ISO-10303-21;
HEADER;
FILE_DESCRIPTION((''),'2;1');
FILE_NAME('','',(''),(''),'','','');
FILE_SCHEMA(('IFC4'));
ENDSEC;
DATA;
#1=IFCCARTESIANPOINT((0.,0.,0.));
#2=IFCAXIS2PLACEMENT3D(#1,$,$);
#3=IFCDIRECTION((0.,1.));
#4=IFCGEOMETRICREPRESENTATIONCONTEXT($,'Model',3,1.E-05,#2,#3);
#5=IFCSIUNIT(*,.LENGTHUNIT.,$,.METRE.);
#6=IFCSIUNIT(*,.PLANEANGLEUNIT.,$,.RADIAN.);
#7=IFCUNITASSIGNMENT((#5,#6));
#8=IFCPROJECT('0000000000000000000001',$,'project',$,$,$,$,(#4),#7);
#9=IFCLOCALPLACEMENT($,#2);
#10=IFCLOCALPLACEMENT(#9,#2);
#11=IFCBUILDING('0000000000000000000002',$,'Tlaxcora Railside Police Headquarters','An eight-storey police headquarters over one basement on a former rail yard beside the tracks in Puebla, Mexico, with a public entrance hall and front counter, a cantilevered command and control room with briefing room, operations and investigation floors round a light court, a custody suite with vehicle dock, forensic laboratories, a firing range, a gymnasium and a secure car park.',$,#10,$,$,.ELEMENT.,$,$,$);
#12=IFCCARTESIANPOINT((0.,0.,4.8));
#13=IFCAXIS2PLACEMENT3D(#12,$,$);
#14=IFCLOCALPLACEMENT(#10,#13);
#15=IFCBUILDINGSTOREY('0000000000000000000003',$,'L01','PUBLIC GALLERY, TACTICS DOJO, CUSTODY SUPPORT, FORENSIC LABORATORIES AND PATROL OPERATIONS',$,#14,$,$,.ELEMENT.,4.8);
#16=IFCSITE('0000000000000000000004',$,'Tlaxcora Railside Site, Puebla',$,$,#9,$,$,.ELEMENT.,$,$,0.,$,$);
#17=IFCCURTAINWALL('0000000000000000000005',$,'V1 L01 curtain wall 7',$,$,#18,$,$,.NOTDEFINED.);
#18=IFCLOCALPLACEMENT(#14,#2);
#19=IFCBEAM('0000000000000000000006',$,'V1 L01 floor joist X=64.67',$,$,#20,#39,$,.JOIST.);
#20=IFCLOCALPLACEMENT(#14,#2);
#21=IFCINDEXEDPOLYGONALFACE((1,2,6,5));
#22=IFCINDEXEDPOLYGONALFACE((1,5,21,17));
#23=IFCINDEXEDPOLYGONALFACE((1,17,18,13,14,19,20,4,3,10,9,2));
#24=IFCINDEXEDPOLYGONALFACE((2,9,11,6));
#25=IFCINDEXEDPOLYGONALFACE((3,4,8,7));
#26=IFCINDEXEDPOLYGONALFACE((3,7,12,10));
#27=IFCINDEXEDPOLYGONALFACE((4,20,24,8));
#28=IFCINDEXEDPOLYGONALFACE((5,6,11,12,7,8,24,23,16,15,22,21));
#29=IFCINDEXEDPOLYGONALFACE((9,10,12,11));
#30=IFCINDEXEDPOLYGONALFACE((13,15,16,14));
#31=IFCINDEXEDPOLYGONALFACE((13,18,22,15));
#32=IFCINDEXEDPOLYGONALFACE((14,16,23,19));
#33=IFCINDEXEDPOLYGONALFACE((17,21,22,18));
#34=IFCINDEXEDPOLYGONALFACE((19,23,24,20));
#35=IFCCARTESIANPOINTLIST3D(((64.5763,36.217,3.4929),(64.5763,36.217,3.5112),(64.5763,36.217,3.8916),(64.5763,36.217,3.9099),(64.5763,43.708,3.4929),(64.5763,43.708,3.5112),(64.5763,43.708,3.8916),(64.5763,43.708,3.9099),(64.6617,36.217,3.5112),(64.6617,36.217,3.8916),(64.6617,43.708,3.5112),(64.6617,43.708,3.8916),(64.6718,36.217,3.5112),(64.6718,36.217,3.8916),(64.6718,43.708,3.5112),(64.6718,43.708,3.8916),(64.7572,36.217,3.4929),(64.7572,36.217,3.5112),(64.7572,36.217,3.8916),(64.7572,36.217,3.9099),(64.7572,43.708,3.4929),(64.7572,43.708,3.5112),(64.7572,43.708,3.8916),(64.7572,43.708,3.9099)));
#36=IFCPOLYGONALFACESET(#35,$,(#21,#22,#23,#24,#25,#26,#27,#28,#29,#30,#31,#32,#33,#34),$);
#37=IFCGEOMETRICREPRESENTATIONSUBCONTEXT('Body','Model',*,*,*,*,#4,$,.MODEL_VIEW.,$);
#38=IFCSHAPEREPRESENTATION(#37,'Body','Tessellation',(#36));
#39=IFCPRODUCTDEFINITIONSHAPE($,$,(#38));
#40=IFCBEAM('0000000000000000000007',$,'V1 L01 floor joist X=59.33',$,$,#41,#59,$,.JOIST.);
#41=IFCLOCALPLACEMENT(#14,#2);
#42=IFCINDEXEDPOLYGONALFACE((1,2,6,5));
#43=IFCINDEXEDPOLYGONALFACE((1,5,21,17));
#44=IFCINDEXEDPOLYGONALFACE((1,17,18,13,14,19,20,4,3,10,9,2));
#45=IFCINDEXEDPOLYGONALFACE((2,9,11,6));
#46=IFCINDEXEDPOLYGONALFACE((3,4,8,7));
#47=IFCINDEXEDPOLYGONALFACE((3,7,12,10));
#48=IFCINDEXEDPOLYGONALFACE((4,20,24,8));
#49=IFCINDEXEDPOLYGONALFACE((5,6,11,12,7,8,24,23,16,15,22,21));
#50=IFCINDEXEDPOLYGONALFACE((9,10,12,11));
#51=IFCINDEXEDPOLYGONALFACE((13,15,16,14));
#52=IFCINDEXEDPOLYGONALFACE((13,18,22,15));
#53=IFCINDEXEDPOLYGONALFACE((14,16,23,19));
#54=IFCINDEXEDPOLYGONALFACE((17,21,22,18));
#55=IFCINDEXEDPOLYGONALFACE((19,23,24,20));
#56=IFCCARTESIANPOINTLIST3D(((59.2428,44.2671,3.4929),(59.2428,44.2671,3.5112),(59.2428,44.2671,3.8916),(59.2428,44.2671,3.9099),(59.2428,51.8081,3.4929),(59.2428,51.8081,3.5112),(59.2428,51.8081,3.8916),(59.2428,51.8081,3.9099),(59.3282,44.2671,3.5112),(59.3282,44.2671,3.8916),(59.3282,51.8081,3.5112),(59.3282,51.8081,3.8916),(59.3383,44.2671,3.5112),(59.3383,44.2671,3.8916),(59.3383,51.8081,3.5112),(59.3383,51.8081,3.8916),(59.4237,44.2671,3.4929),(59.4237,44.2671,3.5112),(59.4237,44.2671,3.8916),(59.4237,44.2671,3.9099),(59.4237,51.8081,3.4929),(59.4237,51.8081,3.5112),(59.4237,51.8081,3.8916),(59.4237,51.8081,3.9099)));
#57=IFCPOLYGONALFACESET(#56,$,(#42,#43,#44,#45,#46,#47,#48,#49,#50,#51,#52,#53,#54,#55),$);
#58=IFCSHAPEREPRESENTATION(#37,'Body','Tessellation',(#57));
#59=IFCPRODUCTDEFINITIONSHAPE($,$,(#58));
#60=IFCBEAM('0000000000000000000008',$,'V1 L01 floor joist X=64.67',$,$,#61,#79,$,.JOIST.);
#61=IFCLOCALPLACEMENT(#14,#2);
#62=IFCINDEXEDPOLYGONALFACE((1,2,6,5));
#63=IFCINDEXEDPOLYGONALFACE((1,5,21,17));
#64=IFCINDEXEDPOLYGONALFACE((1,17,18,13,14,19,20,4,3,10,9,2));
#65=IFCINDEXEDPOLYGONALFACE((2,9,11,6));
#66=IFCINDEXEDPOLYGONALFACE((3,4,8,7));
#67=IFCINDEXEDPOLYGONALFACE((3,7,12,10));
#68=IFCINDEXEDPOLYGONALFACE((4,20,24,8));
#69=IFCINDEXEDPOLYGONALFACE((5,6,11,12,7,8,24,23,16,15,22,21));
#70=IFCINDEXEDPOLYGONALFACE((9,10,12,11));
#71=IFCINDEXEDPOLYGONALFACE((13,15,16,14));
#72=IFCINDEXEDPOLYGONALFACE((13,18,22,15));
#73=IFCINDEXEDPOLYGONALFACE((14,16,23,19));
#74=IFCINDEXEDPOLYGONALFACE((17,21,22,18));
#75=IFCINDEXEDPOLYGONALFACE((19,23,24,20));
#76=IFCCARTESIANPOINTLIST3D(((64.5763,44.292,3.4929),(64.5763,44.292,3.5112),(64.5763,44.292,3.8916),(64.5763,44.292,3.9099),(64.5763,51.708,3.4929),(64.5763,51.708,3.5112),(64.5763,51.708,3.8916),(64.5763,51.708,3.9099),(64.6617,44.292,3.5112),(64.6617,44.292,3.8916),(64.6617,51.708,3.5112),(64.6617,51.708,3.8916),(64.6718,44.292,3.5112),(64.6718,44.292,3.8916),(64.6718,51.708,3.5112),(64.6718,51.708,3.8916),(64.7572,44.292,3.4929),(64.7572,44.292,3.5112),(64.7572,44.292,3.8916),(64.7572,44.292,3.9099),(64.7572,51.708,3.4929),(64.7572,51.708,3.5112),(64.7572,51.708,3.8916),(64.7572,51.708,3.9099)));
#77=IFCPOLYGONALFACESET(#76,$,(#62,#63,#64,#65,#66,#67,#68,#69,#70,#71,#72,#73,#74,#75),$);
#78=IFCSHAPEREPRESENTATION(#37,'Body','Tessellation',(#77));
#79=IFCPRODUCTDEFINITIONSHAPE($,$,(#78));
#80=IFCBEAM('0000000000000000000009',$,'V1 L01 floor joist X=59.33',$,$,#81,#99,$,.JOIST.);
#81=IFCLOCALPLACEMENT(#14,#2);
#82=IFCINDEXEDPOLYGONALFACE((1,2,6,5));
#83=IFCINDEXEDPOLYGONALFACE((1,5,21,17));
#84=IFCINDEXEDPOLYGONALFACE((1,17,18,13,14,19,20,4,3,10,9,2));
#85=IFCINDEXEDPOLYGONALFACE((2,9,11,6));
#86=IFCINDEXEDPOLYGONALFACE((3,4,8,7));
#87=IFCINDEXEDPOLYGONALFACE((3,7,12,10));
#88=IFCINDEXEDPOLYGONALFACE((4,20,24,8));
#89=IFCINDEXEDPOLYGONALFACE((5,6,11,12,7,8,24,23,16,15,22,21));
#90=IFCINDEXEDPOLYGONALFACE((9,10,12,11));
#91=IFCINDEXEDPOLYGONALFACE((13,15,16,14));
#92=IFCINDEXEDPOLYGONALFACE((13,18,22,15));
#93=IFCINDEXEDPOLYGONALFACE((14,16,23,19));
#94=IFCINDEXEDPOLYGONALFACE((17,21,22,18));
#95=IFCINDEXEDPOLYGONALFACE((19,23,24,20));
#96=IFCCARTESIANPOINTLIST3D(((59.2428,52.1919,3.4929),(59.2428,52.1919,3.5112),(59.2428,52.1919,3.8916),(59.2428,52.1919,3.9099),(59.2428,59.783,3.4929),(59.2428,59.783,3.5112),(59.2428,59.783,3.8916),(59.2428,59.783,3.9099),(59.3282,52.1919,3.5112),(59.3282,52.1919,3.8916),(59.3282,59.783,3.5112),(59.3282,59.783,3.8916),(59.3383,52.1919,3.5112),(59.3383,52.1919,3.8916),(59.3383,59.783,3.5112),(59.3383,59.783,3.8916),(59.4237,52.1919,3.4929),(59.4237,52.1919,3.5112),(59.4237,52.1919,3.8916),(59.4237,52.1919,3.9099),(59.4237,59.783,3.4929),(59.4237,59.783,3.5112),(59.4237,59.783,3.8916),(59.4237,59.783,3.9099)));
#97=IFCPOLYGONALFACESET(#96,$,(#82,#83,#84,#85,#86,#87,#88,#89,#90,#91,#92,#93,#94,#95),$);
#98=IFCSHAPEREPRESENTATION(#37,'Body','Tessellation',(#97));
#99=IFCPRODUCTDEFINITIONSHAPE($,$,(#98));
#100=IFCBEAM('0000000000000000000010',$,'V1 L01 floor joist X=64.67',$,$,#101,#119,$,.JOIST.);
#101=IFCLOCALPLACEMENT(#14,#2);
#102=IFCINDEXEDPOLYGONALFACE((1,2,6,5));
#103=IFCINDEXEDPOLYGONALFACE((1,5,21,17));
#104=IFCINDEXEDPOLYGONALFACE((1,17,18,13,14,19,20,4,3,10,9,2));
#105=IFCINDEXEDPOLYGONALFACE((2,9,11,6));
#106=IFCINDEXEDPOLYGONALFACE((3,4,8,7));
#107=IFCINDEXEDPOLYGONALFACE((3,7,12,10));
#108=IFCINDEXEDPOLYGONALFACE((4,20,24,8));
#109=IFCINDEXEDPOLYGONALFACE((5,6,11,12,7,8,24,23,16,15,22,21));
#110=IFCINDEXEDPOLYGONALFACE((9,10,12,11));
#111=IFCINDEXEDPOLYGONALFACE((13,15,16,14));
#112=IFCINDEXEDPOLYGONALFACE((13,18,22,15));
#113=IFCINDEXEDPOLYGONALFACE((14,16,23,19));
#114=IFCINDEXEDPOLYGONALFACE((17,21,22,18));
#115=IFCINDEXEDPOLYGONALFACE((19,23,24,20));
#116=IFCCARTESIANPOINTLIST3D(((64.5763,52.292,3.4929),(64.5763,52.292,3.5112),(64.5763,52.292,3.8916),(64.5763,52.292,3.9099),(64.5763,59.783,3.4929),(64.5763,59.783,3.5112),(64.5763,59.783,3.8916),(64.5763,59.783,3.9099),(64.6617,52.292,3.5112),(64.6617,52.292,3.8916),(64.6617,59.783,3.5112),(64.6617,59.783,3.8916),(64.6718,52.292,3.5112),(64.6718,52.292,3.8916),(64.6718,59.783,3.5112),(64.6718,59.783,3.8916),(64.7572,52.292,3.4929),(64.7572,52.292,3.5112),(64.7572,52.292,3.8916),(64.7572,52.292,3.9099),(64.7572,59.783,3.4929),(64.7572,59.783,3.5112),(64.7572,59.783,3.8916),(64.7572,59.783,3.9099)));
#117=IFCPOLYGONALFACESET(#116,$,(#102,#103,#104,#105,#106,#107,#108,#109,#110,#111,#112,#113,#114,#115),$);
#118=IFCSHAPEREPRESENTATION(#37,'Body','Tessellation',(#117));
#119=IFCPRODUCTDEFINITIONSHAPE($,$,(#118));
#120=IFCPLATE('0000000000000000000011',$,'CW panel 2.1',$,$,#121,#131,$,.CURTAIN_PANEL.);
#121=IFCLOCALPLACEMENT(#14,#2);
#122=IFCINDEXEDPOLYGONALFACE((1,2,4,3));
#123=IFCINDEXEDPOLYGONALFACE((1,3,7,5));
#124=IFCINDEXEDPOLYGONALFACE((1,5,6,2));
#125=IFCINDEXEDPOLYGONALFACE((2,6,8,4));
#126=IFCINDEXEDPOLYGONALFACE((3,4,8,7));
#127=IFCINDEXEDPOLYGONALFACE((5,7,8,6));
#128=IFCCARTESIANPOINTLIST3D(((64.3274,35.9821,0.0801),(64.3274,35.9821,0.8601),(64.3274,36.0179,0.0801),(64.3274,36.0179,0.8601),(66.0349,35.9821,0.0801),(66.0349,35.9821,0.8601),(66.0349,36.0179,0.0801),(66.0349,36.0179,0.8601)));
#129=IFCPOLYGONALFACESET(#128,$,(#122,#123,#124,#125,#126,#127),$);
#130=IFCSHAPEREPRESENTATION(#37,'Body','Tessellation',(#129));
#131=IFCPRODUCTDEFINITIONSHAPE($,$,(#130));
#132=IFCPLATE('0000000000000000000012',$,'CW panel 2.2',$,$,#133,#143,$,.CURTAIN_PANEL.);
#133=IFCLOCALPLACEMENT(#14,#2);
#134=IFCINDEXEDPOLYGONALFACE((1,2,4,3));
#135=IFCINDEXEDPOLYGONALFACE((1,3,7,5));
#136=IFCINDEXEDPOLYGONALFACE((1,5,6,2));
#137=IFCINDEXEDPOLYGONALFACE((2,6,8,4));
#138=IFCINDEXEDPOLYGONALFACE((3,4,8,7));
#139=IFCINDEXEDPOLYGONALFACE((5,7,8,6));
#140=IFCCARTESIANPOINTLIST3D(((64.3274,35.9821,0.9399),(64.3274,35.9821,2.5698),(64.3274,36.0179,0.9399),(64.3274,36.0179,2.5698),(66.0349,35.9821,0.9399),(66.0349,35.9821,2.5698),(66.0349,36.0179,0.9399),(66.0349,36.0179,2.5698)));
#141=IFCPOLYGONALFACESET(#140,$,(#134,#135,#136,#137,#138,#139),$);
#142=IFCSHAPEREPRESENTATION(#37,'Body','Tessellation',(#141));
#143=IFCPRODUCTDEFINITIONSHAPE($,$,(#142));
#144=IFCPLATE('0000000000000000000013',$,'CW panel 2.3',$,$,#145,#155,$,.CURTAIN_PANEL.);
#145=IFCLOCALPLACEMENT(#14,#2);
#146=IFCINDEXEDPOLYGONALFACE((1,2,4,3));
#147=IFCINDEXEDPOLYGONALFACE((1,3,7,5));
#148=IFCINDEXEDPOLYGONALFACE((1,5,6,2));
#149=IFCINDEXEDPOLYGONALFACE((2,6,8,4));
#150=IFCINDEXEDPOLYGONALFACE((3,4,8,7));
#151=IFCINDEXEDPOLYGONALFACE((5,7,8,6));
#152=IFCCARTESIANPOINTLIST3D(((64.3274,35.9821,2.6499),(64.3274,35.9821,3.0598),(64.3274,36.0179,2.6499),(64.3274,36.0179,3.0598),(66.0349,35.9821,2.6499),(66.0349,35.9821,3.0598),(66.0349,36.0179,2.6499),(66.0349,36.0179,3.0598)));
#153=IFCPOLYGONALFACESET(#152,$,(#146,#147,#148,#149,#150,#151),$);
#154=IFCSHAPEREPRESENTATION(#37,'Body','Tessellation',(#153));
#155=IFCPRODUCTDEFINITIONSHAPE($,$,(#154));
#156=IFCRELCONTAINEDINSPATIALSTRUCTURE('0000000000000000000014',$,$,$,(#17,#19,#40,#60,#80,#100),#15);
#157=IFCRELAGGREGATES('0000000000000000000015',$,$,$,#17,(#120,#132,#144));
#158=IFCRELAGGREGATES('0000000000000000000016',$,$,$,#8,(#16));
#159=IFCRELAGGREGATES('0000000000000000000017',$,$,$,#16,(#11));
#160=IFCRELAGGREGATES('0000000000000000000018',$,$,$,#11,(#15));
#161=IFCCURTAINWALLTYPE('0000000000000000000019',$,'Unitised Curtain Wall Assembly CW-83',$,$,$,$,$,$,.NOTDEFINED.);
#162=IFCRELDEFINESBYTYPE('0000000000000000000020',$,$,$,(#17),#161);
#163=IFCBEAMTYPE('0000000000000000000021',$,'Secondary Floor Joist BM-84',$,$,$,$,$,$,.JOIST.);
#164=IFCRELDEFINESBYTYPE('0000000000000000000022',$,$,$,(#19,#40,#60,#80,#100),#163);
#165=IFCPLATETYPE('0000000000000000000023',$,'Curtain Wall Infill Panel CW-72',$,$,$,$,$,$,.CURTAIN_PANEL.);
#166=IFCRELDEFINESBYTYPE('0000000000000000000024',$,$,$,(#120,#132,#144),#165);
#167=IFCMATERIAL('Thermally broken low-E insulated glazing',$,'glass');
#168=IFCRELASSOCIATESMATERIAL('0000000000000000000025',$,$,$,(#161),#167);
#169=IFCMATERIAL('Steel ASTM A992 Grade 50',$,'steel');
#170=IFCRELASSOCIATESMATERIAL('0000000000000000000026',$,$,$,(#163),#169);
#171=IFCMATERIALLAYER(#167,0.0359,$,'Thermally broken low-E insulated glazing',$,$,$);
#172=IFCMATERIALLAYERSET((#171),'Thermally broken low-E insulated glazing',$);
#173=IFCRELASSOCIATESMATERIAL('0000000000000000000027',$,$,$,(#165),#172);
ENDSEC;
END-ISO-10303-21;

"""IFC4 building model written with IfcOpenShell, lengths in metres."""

from ifc_helpers import new_model, si_unit, direction, frame, origin, origin_2d, place, context, subcontext, project, spatial, rectangle, i_section, extrude, material, layer, layer_set, material_profile, profile_set, type_object, element, aggregate, save


model = new_model("IFC4")

# Units and contexts
model_context = context("Model", 3, precision=1e-05, world=origin(), true_north=direction((0.0, 1.0)))
body_context = subcontext(model_context, "Body", "Model", "MODEL_VIEW")
ifc_project = project(units=[si_unit("LENGTHUNIT", "METRE"), si_unit("PLANEANGLEUNIT", "RADIAN")], contexts=[model_context])

# Site, building, storey
site_placement = place(None, origin())
site = spatial("IfcSite", under=ifc_project, at=site_placement, Name="Tlaxcora Railside Site, Puebla", CompositionType="ELEMENT", RefElevation=0.0)
building_placement = place(site_placement, origin())
building = spatial("IfcBuilding", under=site, at=building_placement, Name="Tlaxcora Railside Police Headquarters", Description="An eight-storey police headquarters over one basement on a former rail yard beside the tracks in Puebla, Mexico, with a public entrance hall and front counter, a cantilevered command and control room with briefing room, operations and investigation floors round a light court, a custody suite with vehicle dock, forensic laboratories, a firing range, a gymnasium and a secure car park.", CompositionType="ELEMENT")
storey_placement = place(building_placement, frame((0.0, 0.0, 4.8)))
storey = spatial("IfcBuildingStorey", under=building, at=storey_placement, Name="L01", Description="PUBLIC GALLERY, TACTICS DOJO, CUSTODY SUPPORT, FORENSIC LABORATORIES AND PATROL OPERATIONS", CompositionType="ELEMENT", Elevation=4.8)

# Curtain wall
ifc_material_1 = material(Name="Thermally broken low-E insulated glazing", Category="glass")
curtain_wall_type = type_object("IfcCurtainWallType", Name="Unitised Curtain Wall Assembly CW-83", PredefinedType="NOTDEFINED", material=ifc_material_1)
curtain_wall_placement = place(storey_placement, origin())
curtain_wall = element("IfcCurtainWall", 1, at=curtain_wall_placement, inside=storey, type_object=curtain_wall_type, Name="V1 L01 curtain wall 7", PredefinedType="NOTDEFINED")

# Beams
ifc_material_2 = material(Name="Steel ASTM A992 Grade 50", Category="steel")
ifc_material_profile_1 = material_profile(ifc_material_2, i_section(OverallWidth=0.1809, OverallDepth=0.417, WebThickness=0.01, FlangeThickness=0.0183, at=origin_2d()), Name="W16X57")
ifc_profile_set_1 = profile_set([ifc_material_profile_1], Name="Steel ASTM A992 Grade 50")
beam_type_1 = type_object("IfcBeamType", Name="Secondary Floor Joist BM-84", PredefinedType="JOIST", material=ifc_profile_set_1)
beam_1_placement = place(storey_placement, frame((64.6667, 36.217, 3.7014), z_axis=(0.0, 1.0, 0.0), x_axis=(-1.0, 0.0, 0.0)))
element("IfcBeam", 2, at=beam_1_placement, inside=storey, type_object=beam_type_1, Name="V1 L01 floor joist X=64.67", PredefinedType="JOIST", context=body_context, shape_type="SweptSolid", body=[
    extrude(i_section(OverallWidth=0.1809, OverallDepth=0.417, WebThickness=0.01, FlangeThickness=0.0183, at=origin_2d()), origin(), (0.0, 0.0, 1.0), 7.491),
])
beam_2_placement = place(storey_placement, frame((59.3333, 44.2671, 3.7014), z_axis=(0.0, 1.0, 0.0), x_axis=(-1.0, 0.0, 0.0)))
element("IfcBeam", 3, at=beam_2_placement, inside=storey, type_object=beam_type_1, Name="V1 L01 floor joist X=59.33", PredefinedType="JOIST", context=body_context, shape_type="SweptSolid", body=[
    extrude(i_section(OverallWidth=0.1809, OverallDepth=0.417, WebThickness=0.01, FlangeThickness=0.0183, at=origin_2d()), origin(), (0.0, 0.0, 1.0), 7.541),
])
beam_3_placement = place(storey_placement, frame((64.6667, 44.292, 3.7014), z_axis=(0.0, 1.0, 0.0), x_axis=(-1.0, 0.0, 0.0)))
element("IfcBeam", 4, at=beam_3_placement, inside=storey, type_object=beam_type_1, Name="V1 L01 floor joist X=64.67", PredefinedType="JOIST", context=body_context, shape_type="SweptSolid", body=[
    extrude(i_section(OverallWidth=0.1809, OverallDepth=0.417, WebThickness=0.01, FlangeThickness=0.0183, at=origin_2d()), origin(), (0.0, 0.0, 1.0), 7.416),
])
beam_4_placement = place(storey_placement, frame((59.3333, 52.1919, 3.7014), z_axis=(0.0, 1.0, 0.0), x_axis=(-1.0, 0.0, 0.0)))
element("IfcBeam", 5, at=beam_4_placement, inside=storey, type_object=beam_type_1, Name="V1 L01 floor joist X=59.33", PredefinedType="JOIST", context=body_context, shape_type="SweptSolid", body=[
    extrude(i_section(OverallWidth=0.1809, OverallDepth=0.417, WebThickness=0.01, FlangeThickness=0.0183, at=origin_2d()), origin(), (0.0, 0.0, 1.0), 7.5911),
])
beam_5_placement = place(storey_placement, frame((64.6667, 52.292, 3.7014), z_axis=(0.0, 1.0, 0.0), x_axis=(-1.0, 0.0, 0.0)))
element("IfcBeam", 6, at=beam_5_placement, inside=storey, type_object=beam_type_1, Name="V1 L01 floor joist X=64.67", PredefinedType="JOIST", context=body_context, shape_type="SweptSolid", body=[
    extrude(i_section(OverallWidth=0.1809, OverallDepth=0.417, WebThickness=0.01, FlangeThickness=0.0183, at=origin_2d()), origin(), (0.0, 0.0, 1.0), 7.491),
])

# Plates
ifc_layer = layer(ifc_material_1, 0.0359, Name="Thermally broken low-E insulated glazing")
ifc_layer_set = layer_set([ifc_layer], Name="Thermally broken low-E insulated glazing")
plate_type = type_object("IfcPlateType", Name="Curtain Wall Infill Panel CW-72", PredefinedType="CURTAIN_PANEL", material=ifc_layer_set)
plate_1_placement = place(storey_placement, frame((65.1812, 36.0, 0.0801), z_axis=(0.0, 0.0, 1.0), x_axis=(1.0, 0.0, 0.0)))
plate_1 = element("IfcPlate", 7, at=plate_1_placement, type_object=plate_type, Name="CW panel 2.1", PredefinedType="CURTAIN_PANEL", context=body_context, shape_type="SweptSolid", body=[
    extrude(rectangle(XDim=1.7075, YDim=0.0359, at=origin_2d()), origin(), (0.0, 0.0, 1.0), 0.78),
])
plate_2_placement = place(storey_placement, frame((65.1812, 36.0, 0.9399), z_axis=(0.0, 0.0, 1.0), x_axis=(1.0, 0.0, 0.0)))
plate_2 = element("IfcPlate", 8, at=plate_2_placement, type_object=plate_type, Name="CW panel 2.2", PredefinedType="CURTAIN_PANEL", context=body_context, shape_type="SweptSolid", body=[
    extrude(rectangle(XDim=1.7075, YDim=0.0359, at=origin_2d()), origin(), (0.0, 0.0, 1.0), 1.6299),
])
plate_3_placement = place(storey_placement, frame((65.1812, 36.0, 2.6499), z_axis=(0.0, 0.0, 1.0), x_axis=(1.0, 0.0, 0.0)))
plate_3 = element("IfcPlate", 9, at=plate_3_placement, type_object=plate_type, Name="CW panel 2.3", PredefinedType="CURTAIN_PANEL", context=body_context, shape_type="SweptSolid", body=[
    extrude(rectangle(XDim=1.7075, YDim=0.0359, at=origin_2d()), origin(), (0.0, 0.0, 1.0), 0.4099),
])
aggregate(curtain_wall, [plate_1, plate_2, plate_3])

save(model, "model.ifc")
